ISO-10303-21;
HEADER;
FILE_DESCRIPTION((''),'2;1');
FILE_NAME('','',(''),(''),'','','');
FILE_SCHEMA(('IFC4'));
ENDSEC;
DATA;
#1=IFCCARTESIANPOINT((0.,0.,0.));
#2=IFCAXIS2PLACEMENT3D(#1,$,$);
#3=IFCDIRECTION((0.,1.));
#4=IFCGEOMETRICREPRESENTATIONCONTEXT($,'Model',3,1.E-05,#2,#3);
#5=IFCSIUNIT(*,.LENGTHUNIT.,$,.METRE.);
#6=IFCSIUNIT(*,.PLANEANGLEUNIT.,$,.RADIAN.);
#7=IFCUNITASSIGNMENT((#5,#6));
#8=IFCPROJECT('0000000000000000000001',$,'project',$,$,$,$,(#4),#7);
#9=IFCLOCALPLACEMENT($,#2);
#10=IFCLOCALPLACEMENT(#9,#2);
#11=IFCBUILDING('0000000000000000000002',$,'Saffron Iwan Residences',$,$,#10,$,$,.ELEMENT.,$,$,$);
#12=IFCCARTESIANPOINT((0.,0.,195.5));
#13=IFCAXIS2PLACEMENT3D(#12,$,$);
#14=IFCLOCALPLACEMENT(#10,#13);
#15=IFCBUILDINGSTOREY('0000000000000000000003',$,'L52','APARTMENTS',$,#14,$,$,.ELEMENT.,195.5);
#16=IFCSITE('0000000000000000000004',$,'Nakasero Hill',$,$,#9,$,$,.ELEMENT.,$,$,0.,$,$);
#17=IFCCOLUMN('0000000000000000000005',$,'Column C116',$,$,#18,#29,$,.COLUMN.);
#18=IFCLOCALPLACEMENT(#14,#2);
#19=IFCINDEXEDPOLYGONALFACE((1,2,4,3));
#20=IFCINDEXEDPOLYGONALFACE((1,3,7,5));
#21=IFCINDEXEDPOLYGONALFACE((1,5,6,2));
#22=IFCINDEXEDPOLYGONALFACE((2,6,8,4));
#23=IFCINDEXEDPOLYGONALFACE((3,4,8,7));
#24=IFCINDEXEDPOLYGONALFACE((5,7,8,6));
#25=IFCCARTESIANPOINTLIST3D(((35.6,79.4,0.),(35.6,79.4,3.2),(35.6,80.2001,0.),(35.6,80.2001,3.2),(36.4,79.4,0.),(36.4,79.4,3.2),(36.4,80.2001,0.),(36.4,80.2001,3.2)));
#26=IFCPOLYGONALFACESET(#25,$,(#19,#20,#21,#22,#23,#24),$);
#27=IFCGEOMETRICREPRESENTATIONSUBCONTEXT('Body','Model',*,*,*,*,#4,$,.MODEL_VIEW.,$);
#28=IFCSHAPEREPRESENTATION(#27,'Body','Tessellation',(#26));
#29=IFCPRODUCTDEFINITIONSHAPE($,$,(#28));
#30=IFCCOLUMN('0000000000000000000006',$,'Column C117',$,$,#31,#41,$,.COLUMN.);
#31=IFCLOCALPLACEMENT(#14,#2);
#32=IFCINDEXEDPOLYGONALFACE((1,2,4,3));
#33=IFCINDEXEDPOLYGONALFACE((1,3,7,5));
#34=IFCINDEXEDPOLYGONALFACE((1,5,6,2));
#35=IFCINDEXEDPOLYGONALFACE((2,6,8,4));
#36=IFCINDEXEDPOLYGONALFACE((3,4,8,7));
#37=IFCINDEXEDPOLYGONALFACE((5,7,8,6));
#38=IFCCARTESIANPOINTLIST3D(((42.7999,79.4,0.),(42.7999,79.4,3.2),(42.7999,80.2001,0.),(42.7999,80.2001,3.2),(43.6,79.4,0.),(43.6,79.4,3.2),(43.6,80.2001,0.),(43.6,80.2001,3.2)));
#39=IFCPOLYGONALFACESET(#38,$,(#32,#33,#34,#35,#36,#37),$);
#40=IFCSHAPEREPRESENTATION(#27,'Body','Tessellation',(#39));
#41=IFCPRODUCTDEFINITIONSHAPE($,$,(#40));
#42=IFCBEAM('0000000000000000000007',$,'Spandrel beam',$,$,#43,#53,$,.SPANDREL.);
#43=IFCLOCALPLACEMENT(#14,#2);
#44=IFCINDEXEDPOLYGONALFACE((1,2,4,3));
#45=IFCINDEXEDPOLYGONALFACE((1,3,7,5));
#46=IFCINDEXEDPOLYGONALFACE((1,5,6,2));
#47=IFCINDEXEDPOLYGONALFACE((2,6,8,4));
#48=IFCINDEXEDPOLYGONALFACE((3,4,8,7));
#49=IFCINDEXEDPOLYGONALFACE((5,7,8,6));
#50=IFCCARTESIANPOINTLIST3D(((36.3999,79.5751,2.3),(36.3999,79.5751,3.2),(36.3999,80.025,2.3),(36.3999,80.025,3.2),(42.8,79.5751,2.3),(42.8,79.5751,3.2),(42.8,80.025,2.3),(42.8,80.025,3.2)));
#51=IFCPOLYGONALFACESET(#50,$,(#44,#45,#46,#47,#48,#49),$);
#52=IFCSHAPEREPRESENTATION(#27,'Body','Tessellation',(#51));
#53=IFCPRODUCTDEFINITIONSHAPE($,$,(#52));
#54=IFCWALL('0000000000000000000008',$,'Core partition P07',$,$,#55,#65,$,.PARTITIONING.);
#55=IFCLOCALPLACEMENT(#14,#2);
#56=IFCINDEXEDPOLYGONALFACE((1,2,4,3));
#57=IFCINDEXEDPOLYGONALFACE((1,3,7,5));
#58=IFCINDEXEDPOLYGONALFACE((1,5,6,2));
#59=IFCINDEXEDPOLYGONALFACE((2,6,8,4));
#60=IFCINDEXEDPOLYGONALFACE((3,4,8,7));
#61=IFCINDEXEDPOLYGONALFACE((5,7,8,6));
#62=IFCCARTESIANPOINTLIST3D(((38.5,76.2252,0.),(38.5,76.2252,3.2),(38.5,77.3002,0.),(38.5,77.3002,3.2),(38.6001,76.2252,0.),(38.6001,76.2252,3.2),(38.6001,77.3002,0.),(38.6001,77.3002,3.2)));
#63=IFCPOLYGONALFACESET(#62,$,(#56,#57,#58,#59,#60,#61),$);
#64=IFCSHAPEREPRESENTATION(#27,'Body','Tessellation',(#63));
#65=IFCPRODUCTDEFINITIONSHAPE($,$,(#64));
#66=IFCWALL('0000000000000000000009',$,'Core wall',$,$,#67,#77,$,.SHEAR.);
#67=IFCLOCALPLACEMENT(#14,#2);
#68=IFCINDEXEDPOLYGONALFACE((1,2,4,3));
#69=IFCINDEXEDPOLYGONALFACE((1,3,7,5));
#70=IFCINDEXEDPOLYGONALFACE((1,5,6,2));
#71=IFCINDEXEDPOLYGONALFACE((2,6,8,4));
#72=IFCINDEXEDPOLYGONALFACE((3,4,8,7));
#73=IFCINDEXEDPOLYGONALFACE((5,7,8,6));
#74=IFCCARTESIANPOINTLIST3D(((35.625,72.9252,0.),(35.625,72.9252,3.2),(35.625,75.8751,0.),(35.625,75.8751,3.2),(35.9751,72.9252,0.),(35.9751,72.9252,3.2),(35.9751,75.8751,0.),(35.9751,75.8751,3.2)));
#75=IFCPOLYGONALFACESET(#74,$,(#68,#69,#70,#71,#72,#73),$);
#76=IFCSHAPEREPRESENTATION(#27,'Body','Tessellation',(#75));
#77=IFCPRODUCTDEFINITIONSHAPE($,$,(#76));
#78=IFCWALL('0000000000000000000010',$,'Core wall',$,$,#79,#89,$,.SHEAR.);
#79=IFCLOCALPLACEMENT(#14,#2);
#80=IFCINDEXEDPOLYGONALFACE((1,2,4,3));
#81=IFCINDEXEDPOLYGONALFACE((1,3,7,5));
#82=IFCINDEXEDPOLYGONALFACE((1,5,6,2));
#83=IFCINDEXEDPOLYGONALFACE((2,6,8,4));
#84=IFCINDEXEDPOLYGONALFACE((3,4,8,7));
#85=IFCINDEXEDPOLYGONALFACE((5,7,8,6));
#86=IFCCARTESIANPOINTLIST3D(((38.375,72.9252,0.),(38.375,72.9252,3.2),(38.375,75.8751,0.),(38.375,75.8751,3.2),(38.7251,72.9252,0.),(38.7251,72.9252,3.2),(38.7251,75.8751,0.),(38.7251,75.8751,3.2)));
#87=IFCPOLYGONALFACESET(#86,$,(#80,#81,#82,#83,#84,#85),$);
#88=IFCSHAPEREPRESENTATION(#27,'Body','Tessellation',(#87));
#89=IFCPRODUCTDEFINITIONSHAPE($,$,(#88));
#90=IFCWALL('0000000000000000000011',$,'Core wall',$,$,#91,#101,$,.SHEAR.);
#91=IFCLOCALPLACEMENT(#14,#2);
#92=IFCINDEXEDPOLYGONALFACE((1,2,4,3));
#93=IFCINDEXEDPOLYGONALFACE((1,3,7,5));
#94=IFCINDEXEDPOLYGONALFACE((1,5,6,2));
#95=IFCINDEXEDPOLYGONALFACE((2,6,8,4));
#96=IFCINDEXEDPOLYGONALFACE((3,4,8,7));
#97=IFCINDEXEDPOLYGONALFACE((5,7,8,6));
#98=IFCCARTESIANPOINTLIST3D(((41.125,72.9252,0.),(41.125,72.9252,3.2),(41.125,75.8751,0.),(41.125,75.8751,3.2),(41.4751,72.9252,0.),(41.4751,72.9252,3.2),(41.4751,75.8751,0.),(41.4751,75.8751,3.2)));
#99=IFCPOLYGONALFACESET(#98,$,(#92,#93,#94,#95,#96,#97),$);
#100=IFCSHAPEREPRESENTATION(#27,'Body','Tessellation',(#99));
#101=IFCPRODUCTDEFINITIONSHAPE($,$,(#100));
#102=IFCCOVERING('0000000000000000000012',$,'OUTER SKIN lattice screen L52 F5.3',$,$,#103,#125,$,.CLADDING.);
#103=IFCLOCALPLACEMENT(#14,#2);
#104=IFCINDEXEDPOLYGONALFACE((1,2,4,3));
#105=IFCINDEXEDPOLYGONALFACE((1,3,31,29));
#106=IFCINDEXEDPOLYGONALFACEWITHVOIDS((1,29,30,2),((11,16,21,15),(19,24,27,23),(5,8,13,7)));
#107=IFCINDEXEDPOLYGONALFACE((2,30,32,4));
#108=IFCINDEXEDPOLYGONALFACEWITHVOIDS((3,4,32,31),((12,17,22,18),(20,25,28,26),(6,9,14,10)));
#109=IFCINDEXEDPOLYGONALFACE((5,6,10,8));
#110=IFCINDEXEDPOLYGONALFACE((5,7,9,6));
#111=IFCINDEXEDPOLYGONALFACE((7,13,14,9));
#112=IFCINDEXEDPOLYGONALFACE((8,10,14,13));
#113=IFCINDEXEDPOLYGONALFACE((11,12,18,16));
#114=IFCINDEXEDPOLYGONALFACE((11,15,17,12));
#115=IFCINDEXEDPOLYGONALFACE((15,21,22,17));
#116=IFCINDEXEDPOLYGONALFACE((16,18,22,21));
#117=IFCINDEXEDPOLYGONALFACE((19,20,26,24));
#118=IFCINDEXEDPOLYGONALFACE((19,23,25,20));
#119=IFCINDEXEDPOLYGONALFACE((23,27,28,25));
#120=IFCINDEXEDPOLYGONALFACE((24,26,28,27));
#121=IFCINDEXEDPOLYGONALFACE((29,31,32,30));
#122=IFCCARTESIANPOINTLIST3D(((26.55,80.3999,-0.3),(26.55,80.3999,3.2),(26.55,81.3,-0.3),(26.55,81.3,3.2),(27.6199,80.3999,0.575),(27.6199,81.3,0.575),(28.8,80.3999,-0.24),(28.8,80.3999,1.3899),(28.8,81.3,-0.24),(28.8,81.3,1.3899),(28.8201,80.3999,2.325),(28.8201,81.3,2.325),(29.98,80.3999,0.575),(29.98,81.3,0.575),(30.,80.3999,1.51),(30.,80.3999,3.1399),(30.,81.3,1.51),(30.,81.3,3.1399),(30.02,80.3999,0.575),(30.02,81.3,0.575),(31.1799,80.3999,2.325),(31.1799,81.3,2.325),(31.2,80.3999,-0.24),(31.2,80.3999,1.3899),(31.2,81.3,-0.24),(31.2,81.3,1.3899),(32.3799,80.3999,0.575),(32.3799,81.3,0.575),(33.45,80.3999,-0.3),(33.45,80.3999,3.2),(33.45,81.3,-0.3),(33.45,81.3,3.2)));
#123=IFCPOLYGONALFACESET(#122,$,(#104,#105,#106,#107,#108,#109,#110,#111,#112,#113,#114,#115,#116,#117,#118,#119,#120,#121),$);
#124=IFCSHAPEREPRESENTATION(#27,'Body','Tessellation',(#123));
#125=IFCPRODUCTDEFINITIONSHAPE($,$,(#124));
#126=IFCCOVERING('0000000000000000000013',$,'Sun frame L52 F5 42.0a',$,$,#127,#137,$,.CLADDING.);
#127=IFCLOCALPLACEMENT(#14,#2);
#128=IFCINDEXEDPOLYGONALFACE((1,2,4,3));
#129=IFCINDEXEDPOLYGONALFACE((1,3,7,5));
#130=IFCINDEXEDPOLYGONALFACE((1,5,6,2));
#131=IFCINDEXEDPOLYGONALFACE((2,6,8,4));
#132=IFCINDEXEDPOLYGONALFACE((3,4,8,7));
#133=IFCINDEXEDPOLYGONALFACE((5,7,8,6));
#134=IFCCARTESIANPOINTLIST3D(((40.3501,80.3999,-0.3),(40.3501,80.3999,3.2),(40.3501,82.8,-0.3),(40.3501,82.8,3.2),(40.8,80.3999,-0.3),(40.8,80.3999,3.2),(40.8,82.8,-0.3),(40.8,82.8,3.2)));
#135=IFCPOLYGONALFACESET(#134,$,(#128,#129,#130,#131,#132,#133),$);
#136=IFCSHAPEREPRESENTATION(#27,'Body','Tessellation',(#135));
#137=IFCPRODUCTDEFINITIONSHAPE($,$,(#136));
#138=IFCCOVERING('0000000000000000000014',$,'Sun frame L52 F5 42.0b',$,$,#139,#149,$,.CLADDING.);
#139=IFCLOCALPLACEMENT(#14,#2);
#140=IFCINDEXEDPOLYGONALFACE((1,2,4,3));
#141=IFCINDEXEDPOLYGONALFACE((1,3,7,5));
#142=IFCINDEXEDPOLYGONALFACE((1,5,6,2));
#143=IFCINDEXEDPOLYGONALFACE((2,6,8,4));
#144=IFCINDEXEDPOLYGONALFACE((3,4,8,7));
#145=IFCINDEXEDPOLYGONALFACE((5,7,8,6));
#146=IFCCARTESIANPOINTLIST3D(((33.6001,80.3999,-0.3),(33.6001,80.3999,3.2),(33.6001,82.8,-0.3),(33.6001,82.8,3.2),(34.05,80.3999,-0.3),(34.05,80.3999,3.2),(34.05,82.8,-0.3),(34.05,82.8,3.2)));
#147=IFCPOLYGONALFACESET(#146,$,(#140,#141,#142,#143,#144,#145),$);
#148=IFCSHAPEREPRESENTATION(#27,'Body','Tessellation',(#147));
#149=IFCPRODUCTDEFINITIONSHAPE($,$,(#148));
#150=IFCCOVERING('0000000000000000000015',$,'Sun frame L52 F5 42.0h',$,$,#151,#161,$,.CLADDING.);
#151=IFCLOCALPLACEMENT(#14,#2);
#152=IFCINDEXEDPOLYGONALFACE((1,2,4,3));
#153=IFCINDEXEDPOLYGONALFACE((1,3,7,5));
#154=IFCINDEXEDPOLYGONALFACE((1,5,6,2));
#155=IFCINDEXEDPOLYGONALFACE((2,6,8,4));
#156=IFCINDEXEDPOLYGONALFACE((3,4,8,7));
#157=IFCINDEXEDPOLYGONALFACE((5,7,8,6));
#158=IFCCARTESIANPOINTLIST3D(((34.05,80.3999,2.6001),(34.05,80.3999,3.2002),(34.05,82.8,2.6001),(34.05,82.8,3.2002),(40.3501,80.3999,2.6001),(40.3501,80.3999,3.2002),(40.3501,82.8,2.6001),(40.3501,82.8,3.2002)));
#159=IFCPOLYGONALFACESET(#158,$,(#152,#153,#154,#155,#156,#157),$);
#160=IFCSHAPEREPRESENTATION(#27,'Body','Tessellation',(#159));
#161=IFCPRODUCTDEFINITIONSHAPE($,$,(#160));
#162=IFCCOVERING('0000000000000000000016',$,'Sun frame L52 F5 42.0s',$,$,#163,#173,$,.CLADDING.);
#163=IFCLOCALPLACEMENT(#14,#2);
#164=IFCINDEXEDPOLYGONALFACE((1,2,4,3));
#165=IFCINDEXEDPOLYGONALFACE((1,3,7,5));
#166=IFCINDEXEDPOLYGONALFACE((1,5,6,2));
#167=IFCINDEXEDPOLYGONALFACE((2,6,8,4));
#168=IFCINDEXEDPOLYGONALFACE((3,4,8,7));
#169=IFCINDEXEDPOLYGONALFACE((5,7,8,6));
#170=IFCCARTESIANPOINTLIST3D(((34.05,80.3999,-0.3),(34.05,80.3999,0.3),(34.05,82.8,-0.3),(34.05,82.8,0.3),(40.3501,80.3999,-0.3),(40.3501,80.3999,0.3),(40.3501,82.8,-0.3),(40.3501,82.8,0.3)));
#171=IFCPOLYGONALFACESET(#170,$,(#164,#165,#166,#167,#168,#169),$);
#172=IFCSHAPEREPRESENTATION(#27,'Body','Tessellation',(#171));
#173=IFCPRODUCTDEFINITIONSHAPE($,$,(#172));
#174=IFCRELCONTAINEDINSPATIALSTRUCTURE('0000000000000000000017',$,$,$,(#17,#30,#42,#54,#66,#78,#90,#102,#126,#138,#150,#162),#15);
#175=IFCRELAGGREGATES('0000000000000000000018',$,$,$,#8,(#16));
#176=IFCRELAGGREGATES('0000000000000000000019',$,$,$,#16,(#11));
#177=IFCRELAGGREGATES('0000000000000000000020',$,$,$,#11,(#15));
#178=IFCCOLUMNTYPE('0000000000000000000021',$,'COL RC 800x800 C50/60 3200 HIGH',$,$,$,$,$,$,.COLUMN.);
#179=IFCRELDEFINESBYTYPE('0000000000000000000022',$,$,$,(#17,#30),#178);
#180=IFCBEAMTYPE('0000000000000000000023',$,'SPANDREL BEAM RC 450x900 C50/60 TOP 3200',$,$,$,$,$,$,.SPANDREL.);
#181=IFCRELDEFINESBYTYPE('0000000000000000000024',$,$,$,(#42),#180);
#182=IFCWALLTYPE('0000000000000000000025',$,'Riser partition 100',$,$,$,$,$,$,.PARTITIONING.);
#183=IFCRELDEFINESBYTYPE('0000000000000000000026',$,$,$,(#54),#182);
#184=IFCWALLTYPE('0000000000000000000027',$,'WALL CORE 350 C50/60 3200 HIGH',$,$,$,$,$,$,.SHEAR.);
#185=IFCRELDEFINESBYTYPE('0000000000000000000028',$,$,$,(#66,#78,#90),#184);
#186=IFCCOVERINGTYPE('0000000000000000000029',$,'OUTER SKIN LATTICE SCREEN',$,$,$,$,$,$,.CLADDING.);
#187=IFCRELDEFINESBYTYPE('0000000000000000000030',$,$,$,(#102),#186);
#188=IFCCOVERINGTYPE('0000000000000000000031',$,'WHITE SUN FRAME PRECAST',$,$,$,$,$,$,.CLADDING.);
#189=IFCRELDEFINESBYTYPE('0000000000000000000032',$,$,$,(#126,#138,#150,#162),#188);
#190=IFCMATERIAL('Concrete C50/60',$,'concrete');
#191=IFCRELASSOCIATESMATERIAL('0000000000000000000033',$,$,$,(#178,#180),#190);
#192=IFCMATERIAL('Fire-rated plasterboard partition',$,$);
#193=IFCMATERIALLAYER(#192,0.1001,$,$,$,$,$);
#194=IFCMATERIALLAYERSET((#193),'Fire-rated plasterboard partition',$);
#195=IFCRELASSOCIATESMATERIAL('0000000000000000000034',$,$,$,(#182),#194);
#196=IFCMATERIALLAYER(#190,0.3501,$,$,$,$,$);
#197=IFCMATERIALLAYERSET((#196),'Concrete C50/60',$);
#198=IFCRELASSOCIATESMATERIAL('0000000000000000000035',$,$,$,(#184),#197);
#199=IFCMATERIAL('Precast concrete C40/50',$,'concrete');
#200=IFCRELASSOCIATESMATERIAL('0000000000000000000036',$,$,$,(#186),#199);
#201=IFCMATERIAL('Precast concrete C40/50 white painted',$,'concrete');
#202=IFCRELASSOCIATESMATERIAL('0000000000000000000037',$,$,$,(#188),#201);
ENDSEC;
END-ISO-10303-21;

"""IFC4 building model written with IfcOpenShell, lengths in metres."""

from ifc_helpers import new_model, si_unit, direction, frame, frame_2d, origin, origin_2d, place, context, subcontext, project, spatial, polyline, rectangle, outline, extrude, source, transform, mapped, material, layer, layer_set, material_profile, profile_set, type_object, element, save


model = new_model("IFC4")

# Units and contexts
model_context = context("Model", 3, precision=1e-05, world=origin(), true_north=direction((0.0, 1.0)))
body_context = subcontext(model_context, "Body", "Model", "MODEL_VIEW")
ifc_project = project(units=[si_unit("LENGTHUNIT", "METRE"), si_unit("PLANEANGLEUNIT", "RADIAN")], contexts=[model_context])

# Site, building, storey
site_placement = place(None, origin())
site = spatial("IfcSite", under=ifc_project, at=site_placement, Name="Nakasero Hill", CompositionType="ELEMENT", RefElevation=0.0)
building_placement = place(site_placement, origin())
building = spatial("IfcBuilding", under=site, at=building_placement, Name="Saffron Iwan Residences", CompositionType="ELEMENT")
storey_placement = place(building_placement, frame((0.0, 0.0, 195.5)))
storey = spatial("IfcBuildingStorey", under=building, at=storey_placement, Name="L52", Description="APARTMENTS", CompositionType="ELEMENT", Elevation=195.5)

# Columns
ifc_material_1 = material(Name="Concrete C50/60", Category="concrete")
ifc_material_profile_1 = material_profile(ifc_material_1, rectangle(XDim=0.8, YDim=0.8, at=origin_2d()), Name="RC 800x800")
ifc_profile_set_1 = profile_set([ifc_material_profile_1], Name="Concrete C50/60")
column_type = type_object("IfcColumnType", Name="COL RC 800x800 C50/60 3200 HIGH", PredefinedType="COLUMN", material=ifc_profile_set_1)
shared_shape_1 = source(origin(), body_context, "Body", "SweptSolid", [
    extrude(rectangle(XDim=0.8, YDim=0.8, at=origin_2d()), origin(), (0.0, 0.0, 1.0), 3.2),
])
for number, where, z_axis, x_axis, name in (
    (1, (36.0, 79.8, 0.0), (0.0, 0.0, 1.0), (1.0, 0.0, 0.0), "Column C116"),
    (2, (43.2, 79.8, 0.0), (0.0, 0.0, 1.0), (1.0, 0.0, 0.0), "Column C117"),
):
    element("IfcColumn", number, at=place(storey_placement, frame(where, z_axis=z_axis, x_axis=x_axis)), inside=storey, type_object=column_type, Name=name, PredefinedType="COLUMN", context=body_context, shape_type="MappedRepresentation", body=[
        mapped(shared_shape_1, transform((0.0, 0.0, 0.0))),
    ])

# Beam
ifc_material_profile_2 = material_profile(ifc_material_1, rectangle(XDim=0.45, YDim=0.8999, at=origin_2d()), Name="RC 450x900")
ifc_profile_set_2 = profile_set([ifc_material_profile_2], Name="Concrete C50/60")
beam_type = type_object("IfcBeamType", Name="SPANDREL BEAM RC 450x900 C50/60 TOP 3200", PredefinedType="SPANDREL", material=ifc_profile_set_2)
shared_shape_2 = source(origin(), body_context, "Body", "SweptSolid", [
    extrude(rectangle(XDim=0.45, YDim=0.8999, at=origin_2d()), origin(), (0.0, 0.0, 1.0), 6.4001),
])
beam_placement = place(storey_placement, frame((36.3999, 79.8, 2.75), z_axis=(1.0, 0.0, 0.0), x_axis=(0.0, 1.0, 0.0)))
element("IfcBeam", 3, at=beam_placement, inside=storey, type_object=beam_type, Name="Spandrel beam", PredefinedType="SPANDREL", context=body_context, shape_type="MappedRepresentation", body=[
    mapped(shared_shape_2, transform((0.0, 0.0, 0.0))),
])

# Walls
ifc_material_2 = material(Name="Fire-rated plasterboard partition")
ifc_layer_1 = layer(ifc_material_2, 0.1001)
ifc_layer_set_1 = layer_set([ifc_layer_1], Name="Fire-rated plasterboard partition")
wall_type_1 = type_object("IfcWallType", Name="Riser partition 100", PredefinedType="PARTITIONING", material=ifc_layer_set_1)
wall_placement = place(storey_placement, frame((38.55, 76.2251, 0.0), z_axis=(0.0, 0.0, 1.0), x_axis=(0.0, 1.0, 0.0)))
element("IfcWall", 4, at=wall_placement, inside=storey, type_object=wall_type_1, Name="Core partition P07", PredefinedType="PARTITIONING", context=body_context, shape_type="SweptSolid", body=[
    extrude(rectangle(XDim=1.075, YDim=0.1001, at=frame_2d((0.5376, 0.0))), origin(), (0.0, 0.0, 1.0), 3.2),
])
ifc_layer_2 = layer(ifc_material_1, 0.3501)
ifc_layer_set_2 = layer_set([ifc_layer_2], Name="Concrete C50/60")
wall_type_2 = type_object("IfcWallType", Name="WALL CORE 350 C50/60 3200 HIGH", PredefinedType="SHEAR", material=ifc_layer_set_2)
for number, where, z_axis, x_axis, name in (
    (5, (35.8, 72.925, 0.0), (0.0, 0.0, 1.0), (0.0, 1.0, 0.0), "Core wall"),
    (6, (38.55, 72.925, 0.0), (0.0, 0.0, 1.0), (0.0, 1.0, 0.0), "Core wall"),
    (7, (41.3, 72.925, 0.0), (0.0, 0.0, 1.0), (0.0, 1.0, 0.0), "Core wall"),
):
    element("IfcWall", number, at=place(storey_placement, frame(where, z_axis=z_axis, x_axis=x_axis)), inside=storey, type_object=wall_type_2, Name=name, PredefinedType="SHEAR", context=body_context, shape_type="SweptSolid", body=[
        extrude(rectangle(XDim=2.95, YDim=0.3501, at=frame_2d((1.4751, 0.0))), origin(), (0.0, 0.0, 1.0), 3.2),
    ])

# Coverings
ifc_material_3 = material(Name="Precast concrete C40/50", Category="concrete")
covering_type_1 = type_object("IfcCoveringType", Name="OUTER SKIN LATTICE SCREEN", PredefinedType="CLADDING", material=ifc_material_3)
covering_placement = place(storey_placement, frame((33.45, 80.3999, -0.3), z_axis=(0.0, 1.0, 0.0), x_axis=(-1.0, 0.0, 0.0)))
element("IfcCovering", 8, at=covering_placement, inside=storey, type_object=covering_type_1, Name="OUTER SKIN lattice screen L52 F5.3", PredefinedType="CLADDING", context=body_context, shape_type="SweptSolid", body=[
    extrude(outline(polyline([(0.0, 0.0), (6.8999, 0.0), (6.8999, 3.5), (0.0, 3.5), (0.0, 0.0)]), holes=[polyline([(1.0701, 0.875), (2.25, 0.0601), (3.4299, 0.875), (2.25, 1.6899), (1.0701, 0.875)]), polyline([(3.47, 0.875), (4.6499, 0.0601), (5.8301, 0.875), (4.6499, 1.6899), (3.47, 0.875)]), polyline([(2.27, 2.625), (3.45, 1.8101), (4.6299, 2.625), (3.45, 3.4399), (2.27, 2.625)])]), origin(), (0.0, 0.0, 1.0), 0.9001),
])
ifc_material_4 = material(Name="Precast concrete C40/50 white painted", Category="concrete")
covering_type_2 = type_object("IfcCoveringType", Name="WHITE SUN FRAME PRECAST", PredefinedType="CLADDING", material=ifc_material_4)
for number, where, z_axis, x_axis, name in (
    (9, (40.8, 80.3999, -0.3), (0.0, 1.0, 0.0), (-1.0, 0.0, 0.0), "Sun frame L52 F5 42.0a"),
    (10, (34.05, 80.3999, -0.3), (0.0, 1.0, 0.0), (-1.0, 0.0, 0.0), "Sun frame L52 F5 42.0b"),
):
    element("IfcCovering", number, at=place(storey_placement, frame(where, z_axis=z_axis, x_axis=x_axis)), inside=storey, type_object=covering_type_2, Name=name, PredefinedType="CLADDING", context=body_context, shape_type="SweptSolid", body=[
        extrude(outline(polyline([(0.0, 0.0), (0.45, 0.0), (0.45, 3.5), (0.0, 3.5), (0.0, 0.0)])), origin(), (0.0, 0.0, 1.0), 2.4001),
    ])
for number, where, z_axis, x_axis, name in (
    (11, (40.3501, 80.3999, 2.6001), (0.0, 1.0, 0.0), (-1.0, 0.0, 0.0), "Sun frame L52 F5 42.0h"),
    (12, (40.3501, 80.3999, -0.3), (0.0, 1.0, 0.0), (-1.0, 0.0, 0.0), "Sun frame L52 F5 42.0s"),
):
    element("IfcCovering", number, at=place(storey_placement, frame(where, z_axis=z_axis, x_axis=x_axis)), inside=storey, type_object=covering_type_2, Name=name, PredefinedType="CLADDING", context=body_context, shape_type="SweptSolid", body=[
        extrude(outline(polyline([(0.0, 0.0), (6.3, 0.0), (6.3, 0.6001), (0.0, 0.6001), (0.0, 0.0)])), origin(), (0.0, 0.0, 1.0), 2.4001),
    ])

save(model, "model.ifc")
